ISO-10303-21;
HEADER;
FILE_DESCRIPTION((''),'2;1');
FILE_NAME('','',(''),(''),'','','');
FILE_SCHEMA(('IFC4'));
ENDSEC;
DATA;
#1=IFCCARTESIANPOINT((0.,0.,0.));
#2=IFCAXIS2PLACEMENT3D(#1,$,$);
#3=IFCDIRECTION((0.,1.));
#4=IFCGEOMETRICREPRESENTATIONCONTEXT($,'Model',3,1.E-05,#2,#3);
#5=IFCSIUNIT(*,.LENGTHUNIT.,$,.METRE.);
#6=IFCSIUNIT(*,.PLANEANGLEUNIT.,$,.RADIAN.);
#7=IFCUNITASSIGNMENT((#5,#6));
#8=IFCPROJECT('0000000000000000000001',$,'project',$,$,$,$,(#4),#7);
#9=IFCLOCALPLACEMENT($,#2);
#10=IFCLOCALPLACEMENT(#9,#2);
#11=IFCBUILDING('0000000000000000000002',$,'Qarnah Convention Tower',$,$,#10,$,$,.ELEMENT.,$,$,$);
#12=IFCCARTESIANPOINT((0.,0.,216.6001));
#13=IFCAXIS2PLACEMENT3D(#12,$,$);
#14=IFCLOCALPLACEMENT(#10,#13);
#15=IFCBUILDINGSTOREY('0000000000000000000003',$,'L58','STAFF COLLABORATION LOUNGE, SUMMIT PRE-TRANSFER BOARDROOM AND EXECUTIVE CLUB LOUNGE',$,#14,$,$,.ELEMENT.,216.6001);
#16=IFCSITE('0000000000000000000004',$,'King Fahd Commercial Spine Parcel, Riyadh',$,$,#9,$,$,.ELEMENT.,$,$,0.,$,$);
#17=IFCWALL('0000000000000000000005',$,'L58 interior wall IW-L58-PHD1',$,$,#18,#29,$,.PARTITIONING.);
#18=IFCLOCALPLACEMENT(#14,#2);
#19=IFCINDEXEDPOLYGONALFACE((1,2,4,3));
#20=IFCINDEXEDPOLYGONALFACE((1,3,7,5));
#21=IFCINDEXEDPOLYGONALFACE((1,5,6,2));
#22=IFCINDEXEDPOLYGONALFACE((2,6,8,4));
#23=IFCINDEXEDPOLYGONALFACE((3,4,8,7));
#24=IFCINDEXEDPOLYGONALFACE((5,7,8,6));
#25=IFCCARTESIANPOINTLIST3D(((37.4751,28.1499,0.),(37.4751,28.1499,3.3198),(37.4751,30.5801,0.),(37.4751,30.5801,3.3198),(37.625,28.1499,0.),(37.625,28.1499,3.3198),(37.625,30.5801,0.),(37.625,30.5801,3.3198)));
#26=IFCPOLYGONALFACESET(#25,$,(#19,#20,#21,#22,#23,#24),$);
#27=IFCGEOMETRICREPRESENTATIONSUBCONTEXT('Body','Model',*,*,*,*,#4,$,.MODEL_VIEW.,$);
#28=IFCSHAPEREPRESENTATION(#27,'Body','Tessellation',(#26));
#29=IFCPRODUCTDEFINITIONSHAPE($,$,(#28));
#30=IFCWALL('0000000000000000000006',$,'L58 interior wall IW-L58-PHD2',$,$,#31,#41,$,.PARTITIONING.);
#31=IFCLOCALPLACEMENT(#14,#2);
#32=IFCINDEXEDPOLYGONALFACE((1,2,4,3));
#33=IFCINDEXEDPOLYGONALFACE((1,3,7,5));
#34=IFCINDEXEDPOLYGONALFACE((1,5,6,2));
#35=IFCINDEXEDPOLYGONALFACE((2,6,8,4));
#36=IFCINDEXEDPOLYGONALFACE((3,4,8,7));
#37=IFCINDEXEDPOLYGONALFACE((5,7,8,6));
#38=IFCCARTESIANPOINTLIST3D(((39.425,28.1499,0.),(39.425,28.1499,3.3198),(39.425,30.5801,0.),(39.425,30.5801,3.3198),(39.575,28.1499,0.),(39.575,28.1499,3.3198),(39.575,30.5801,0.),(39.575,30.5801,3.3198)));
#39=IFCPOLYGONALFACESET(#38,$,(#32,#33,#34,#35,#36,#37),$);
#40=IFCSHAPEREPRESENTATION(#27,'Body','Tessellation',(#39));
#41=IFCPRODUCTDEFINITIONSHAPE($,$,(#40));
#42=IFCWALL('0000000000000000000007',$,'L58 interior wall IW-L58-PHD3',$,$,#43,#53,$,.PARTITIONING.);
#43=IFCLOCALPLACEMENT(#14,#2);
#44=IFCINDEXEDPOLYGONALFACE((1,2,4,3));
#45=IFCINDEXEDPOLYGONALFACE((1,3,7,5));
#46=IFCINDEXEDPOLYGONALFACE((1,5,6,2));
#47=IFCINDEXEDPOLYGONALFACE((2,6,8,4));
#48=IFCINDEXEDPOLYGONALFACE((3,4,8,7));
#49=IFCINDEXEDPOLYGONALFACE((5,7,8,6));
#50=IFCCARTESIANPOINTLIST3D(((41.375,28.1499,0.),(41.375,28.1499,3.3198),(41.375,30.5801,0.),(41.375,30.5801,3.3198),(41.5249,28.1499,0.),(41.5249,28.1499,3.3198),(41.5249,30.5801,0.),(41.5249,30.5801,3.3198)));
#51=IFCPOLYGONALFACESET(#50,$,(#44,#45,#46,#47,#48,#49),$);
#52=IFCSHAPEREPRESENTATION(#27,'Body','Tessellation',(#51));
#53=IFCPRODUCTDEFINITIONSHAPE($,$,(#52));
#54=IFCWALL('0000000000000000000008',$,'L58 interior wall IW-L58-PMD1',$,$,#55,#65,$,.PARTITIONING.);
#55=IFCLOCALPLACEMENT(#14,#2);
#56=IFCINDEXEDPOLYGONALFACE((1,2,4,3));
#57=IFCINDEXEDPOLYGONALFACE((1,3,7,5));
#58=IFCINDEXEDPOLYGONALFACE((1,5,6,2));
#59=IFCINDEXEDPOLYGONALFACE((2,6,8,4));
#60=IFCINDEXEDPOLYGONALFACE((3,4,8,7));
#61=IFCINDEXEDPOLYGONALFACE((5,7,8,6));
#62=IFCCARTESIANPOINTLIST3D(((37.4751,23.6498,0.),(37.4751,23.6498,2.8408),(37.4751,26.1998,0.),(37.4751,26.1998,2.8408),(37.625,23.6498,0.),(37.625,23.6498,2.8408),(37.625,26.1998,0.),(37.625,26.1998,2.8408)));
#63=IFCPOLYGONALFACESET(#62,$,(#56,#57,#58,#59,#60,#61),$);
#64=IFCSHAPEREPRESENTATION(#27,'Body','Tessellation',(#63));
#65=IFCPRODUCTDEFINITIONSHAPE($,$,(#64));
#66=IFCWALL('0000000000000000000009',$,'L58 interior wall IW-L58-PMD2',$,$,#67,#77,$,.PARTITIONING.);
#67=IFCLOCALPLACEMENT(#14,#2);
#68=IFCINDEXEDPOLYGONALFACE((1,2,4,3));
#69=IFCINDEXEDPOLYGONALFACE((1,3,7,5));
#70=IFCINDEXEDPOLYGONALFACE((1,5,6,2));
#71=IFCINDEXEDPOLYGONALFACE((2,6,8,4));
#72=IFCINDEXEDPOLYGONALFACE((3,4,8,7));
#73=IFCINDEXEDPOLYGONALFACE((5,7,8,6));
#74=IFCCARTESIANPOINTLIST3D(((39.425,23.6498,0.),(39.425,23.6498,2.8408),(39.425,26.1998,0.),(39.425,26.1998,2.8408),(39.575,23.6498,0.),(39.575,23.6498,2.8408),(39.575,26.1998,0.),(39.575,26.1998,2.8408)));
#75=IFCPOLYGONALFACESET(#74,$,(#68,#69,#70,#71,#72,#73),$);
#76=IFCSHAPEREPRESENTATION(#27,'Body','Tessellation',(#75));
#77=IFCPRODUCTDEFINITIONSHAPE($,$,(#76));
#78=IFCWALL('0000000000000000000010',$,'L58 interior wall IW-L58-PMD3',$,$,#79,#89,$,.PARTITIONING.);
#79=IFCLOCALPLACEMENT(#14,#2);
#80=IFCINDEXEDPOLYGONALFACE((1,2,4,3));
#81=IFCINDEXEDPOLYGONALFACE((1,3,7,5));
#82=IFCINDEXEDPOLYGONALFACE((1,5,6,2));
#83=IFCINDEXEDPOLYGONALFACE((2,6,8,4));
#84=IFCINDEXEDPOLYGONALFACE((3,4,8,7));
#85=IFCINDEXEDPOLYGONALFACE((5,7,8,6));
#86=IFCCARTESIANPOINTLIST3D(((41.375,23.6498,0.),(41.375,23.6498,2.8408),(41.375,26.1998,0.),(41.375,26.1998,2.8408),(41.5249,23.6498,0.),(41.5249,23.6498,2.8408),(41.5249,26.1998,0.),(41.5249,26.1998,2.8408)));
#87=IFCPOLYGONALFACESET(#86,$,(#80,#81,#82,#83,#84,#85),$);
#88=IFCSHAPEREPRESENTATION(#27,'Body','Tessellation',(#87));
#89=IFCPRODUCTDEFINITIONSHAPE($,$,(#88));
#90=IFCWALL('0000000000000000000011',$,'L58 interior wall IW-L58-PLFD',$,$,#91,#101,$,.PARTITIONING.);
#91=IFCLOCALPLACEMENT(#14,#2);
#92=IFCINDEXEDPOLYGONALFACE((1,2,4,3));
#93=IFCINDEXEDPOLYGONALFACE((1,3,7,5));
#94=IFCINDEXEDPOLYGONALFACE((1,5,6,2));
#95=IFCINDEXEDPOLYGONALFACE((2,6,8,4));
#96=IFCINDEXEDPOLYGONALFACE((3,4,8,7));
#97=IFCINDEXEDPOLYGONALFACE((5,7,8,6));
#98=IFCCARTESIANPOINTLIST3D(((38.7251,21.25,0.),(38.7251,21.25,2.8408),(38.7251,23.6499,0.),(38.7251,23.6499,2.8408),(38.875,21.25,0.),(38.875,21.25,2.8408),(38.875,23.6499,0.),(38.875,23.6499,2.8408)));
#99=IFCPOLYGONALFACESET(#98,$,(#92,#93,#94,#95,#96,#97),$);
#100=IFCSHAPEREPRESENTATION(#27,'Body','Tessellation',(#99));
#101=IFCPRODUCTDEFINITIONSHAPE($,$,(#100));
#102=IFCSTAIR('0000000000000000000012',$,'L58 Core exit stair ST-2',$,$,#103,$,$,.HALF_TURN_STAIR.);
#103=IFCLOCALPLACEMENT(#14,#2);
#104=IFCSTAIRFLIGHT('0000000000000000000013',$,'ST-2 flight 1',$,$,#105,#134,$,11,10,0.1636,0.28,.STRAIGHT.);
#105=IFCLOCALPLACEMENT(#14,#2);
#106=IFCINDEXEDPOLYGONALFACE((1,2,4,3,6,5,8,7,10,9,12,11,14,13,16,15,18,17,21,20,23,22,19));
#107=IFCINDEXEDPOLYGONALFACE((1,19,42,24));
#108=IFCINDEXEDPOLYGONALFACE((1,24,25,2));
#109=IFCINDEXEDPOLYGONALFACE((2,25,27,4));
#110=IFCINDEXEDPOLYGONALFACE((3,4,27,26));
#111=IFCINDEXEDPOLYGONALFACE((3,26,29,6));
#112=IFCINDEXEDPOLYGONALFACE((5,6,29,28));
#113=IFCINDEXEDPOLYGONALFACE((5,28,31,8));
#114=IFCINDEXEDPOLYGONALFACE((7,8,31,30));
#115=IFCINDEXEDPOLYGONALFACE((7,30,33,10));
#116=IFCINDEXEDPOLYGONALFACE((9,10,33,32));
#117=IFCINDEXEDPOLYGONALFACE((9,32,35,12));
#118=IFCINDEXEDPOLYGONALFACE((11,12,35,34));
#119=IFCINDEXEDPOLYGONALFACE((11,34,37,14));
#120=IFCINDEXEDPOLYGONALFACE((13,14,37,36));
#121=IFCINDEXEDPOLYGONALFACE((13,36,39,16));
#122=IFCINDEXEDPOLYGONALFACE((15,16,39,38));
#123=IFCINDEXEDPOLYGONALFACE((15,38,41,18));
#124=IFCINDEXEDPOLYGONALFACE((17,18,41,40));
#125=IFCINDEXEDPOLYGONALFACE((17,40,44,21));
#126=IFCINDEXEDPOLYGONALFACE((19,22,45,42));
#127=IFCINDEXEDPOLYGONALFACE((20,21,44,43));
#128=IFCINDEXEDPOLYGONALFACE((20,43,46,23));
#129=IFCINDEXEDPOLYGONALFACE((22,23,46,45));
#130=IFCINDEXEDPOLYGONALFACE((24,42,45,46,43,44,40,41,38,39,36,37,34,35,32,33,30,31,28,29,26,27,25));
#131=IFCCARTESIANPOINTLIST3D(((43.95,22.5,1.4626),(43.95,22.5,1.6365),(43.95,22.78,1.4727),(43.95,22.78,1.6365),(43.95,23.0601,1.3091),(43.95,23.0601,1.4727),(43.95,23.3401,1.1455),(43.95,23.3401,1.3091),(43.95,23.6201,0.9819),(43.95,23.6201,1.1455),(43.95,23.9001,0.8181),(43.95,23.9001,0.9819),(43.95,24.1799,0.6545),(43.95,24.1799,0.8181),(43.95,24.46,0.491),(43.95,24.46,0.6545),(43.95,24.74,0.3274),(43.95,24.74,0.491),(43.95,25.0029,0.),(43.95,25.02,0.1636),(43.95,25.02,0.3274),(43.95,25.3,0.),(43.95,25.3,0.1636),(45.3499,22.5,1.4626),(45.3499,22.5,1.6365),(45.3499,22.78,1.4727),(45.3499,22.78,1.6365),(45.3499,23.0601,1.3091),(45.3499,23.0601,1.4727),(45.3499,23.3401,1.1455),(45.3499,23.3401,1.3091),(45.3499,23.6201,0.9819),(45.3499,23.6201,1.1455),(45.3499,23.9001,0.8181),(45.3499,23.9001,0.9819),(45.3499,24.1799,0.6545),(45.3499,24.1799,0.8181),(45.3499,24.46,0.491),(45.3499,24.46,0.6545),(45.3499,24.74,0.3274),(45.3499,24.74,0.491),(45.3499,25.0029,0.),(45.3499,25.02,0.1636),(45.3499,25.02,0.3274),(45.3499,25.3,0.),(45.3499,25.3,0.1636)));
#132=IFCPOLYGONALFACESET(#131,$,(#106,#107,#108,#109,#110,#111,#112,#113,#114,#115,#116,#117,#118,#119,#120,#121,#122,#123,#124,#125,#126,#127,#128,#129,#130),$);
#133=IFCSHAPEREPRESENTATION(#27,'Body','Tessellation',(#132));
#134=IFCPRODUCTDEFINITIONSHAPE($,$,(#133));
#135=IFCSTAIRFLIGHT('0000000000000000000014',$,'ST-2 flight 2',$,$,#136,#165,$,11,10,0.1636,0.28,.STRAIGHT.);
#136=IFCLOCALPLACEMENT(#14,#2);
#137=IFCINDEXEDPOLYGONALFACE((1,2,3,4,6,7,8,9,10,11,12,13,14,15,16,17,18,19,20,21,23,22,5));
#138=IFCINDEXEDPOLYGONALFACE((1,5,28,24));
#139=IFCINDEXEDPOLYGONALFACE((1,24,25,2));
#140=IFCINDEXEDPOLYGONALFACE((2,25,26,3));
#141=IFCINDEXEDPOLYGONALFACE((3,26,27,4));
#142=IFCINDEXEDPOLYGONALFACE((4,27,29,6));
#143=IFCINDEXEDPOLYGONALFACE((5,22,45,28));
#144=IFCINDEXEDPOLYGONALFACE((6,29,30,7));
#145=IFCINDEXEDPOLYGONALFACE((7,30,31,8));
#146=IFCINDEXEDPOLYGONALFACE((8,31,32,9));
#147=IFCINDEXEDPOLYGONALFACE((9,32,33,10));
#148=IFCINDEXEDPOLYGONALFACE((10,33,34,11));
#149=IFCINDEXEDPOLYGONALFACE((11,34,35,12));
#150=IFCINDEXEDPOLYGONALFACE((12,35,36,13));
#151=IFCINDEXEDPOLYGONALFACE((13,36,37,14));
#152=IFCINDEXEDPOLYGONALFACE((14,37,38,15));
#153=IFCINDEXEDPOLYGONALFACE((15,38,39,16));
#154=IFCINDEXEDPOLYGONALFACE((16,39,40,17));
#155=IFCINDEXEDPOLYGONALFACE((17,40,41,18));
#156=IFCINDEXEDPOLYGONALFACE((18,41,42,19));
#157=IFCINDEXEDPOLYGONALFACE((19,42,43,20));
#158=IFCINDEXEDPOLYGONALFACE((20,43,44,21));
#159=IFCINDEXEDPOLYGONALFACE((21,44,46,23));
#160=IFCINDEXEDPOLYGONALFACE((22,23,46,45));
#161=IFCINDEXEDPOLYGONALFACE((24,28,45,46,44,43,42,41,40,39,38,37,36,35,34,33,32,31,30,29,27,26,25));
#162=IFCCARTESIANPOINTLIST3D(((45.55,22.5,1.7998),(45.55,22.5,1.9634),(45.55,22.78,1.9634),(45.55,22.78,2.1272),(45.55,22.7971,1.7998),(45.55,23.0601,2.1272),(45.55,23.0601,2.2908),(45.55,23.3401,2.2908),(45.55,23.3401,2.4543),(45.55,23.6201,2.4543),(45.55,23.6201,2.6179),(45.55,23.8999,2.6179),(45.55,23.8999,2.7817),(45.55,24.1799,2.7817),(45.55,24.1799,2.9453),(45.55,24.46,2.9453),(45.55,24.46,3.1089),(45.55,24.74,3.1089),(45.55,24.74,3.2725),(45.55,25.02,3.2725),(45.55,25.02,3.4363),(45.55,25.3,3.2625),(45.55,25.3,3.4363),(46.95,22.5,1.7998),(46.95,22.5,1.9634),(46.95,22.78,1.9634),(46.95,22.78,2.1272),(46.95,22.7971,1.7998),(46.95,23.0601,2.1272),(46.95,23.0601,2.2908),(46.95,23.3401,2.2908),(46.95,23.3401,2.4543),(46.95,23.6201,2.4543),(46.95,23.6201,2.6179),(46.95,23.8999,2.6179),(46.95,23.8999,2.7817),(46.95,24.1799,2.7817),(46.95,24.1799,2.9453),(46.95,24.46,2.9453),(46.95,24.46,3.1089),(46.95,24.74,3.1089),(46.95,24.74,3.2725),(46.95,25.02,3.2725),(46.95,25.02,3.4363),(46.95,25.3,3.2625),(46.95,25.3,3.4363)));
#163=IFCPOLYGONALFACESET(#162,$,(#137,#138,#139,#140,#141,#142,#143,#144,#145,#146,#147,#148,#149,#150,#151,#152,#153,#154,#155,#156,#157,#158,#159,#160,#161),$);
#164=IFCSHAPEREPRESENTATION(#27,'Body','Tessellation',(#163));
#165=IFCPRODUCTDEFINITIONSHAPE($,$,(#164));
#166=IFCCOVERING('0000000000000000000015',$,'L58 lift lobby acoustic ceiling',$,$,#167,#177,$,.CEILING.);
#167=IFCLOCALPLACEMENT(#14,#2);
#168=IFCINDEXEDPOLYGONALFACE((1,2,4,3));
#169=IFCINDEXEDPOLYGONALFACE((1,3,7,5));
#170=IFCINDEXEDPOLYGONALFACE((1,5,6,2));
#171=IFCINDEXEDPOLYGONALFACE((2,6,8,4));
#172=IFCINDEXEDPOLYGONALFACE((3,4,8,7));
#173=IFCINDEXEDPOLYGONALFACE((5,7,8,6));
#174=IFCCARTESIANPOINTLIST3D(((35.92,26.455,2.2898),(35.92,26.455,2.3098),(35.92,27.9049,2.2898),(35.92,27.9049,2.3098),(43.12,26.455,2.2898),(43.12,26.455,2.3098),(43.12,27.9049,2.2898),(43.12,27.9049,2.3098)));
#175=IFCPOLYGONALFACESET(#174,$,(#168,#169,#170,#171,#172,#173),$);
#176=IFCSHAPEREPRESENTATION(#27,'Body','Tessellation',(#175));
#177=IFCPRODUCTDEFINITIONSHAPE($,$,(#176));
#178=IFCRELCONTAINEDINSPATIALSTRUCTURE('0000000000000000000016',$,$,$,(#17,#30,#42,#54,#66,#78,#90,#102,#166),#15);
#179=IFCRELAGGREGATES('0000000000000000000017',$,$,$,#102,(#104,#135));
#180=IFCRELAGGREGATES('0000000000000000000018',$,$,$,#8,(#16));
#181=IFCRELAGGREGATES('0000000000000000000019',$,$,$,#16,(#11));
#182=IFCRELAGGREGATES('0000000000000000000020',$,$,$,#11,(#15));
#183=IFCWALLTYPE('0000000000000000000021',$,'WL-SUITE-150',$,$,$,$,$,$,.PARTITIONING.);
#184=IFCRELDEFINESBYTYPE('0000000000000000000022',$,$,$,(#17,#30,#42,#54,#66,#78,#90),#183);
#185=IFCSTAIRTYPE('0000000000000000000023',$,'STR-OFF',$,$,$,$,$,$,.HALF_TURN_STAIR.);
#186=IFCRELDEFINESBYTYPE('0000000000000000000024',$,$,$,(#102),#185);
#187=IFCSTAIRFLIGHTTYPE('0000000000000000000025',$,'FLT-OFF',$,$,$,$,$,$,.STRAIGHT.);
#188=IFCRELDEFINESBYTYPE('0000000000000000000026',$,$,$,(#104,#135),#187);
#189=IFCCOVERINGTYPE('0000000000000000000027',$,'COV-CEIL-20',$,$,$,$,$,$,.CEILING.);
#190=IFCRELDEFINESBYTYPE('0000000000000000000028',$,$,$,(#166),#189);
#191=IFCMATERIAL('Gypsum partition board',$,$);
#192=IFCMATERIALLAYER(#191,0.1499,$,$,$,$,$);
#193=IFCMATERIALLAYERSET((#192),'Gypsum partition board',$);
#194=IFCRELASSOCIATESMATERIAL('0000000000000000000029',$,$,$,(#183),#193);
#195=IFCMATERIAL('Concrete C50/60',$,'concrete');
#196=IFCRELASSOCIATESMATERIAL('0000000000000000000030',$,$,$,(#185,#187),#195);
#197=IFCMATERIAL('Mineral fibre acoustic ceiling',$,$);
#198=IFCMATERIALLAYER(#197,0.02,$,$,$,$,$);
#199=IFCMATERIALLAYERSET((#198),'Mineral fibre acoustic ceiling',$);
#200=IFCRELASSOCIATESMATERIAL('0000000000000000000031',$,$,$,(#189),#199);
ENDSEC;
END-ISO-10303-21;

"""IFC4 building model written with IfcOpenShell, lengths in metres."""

from ifc_helpers import new_model, si_unit, direction, frame, frame_2d, origin, origin_2d, place, context, subcontext, project, spatial, polyline, rectangle, outline, extrude, material, layer, layer_set, type_object, element, aggregate, save


model = new_model("IFC4")

# Units and contexts
model_context = context("Model", 3, precision=1e-05, world=origin(), true_north=direction((0.0, 1.0)))
body_context = subcontext(model_context, "Body", "Model", "MODEL_VIEW")
ifc_project = project(units=[si_unit("LENGTHUNIT", "METRE"), si_unit("PLANEANGLEUNIT", "RADIAN")], contexts=[model_context])

# Site, building, storey
site_placement = place(None, origin())
site = spatial("IfcSite", under=ifc_project, at=site_placement, Name="King Fahd Commercial Spine Parcel, Riyadh", CompositionType="ELEMENT", RefElevation=0.0)
building_placement = place(site_placement, origin())
building = spatial("IfcBuilding", under=site, at=building_placement, Name="Qarnah Convention Tower", CompositionType="ELEMENT")
storey_placement = place(building_placement, frame((0.0, 0.0, 216.6001)))
storey = spatial("IfcBuildingStorey", under=building, at=storey_placement, Name="L58", Description="STAFF COLLABORATION LOUNGE, SUMMIT PRE-TRANSFER BOARDROOM AND EXECUTIVE CLUB LOUNGE", CompositionType="ELEMENT", Elevation=216.6001)

# Shared definitions
ifc_material_1 = material(Name="Concrete C50/60", Category="concrete")

# Walls
ifc_material_2 = material(Name="Gypsum partition board")
ifc_layer_1 = layer(ifc_material_2, 0.1499)
ifc_layer_set_1 = layer_set([ifc_layer_1], Name="Gypsum partition board")
wall_type_1 = type_object("IfcWallType", Name="WL-SUITE-150", PredefinedType="PARTITIONING", material=ifc_layer_set_1)
for number, where, z_axis, x_axis, name in (
    (1, (37.55, 28.1499, 0.0), (0.0, 0.0, 1.0), (0.0, 1.0, 0.0), "L58 interior wall IW-L58-PHD1"),
    (2, (39.5, 28.1499, 0.0), (0.0, 0.0, 1.0), (0.0, 1.0, 0.0), "L58 interior wall IW-L58-PHD2"),
    (3, (41.45, 28.1499, 0.0), (0.0, 0.0, 1.0), (0.0, 1.0, 0.0), "L58 interior wall IW-L58-PHD3"),
):
    element("IfcWall", number, at=place(storey_placement, frame(where, z_axis=z_axis, x_axis=x_axis)), inside=storey, type_object=wall_type_1, Name=name, PredefinedType="PARTITIONING", context=body_context, shape_type="SweptSolid", body=[
        extrude(rectangle(XDim=2.4302, YDim=0.1499, at=frame_2d((1.2151, 0.0))), origin(), (0.0, 0.0, 1.0), 3.3198),
    ])
for number, where, z_axis, x_axis, name in (
    (4, (37.55, 23.6499, 0.0), (0.0, 0.0, 1.0), (0.0, 1.0, 0.0), "L58 interior wall IW-L58-PMD1"),
    (5, (39.5, 23.6499, 0.0), (0.0, 0.0, 1.0), (0.0, 1.0, 0.0), "L58 interior wall IW-L58-PMD2"),
    (6, (41.45, 23.6499, 0.0), (0.0, 0.0, 1.0), (0.0, 1.0, 0.0), "L58 interior wall IW-L58-PMD3"),
):
    element("IfcWall", number, at=place(storey_placement, frame(where, z_axis=z_axis, x_axis=x_axis)), inside=storey, type_object=wall_type_1, Name=name, PredefinedType="PARTITIONING", context=body_context, shape_type="SweptSolid", body=[
        extrude(rectangle(XDim=2.55, YDim=0.1499, at=frame_2d((1.2749, 0.0))), origin(), (0.0, 0.0, 1.0), 2.8408),
    ])
wall_1_placement = place(storey_placement, frame((38.8, 21.25, 0.0), z_axis=(0.0, 0.0, 1.0), x_axis=(0.0, 1.0, 0.0)))
element("IfcWall", 7, at=wall_1_placement, inside=storey, type_object=wall_type_1, Name="L58 interior wall IW-L58-PLFD", PredefinedType="PARTITIONING", context=body_context, shape_type="SweptSolid", body=[
    extrude(rectangle(XDim=2.3999, YDim=0.1499, at=frame_2d((1.2, 0.0))), origin(), (0.0, 0.0, 1.0), 2.8408),
])

# Stair, stair flights
stair_type = type_object("IfcStairType", Name="STR-OFF", PredefinedType="HALF_TURN_STAIR", material=ifc_material_1)
stair_placement = place(storey_placement, origin())
stair = element("IfcStair", 8, at=stair_placement, inside=storey, type_object=stair_type, Name="L58 Core exit stair ST-2", PredefinedType="HALF_TURN_STAIR")
stair_flight_type = type_object("IfcStairFlightType", Name="FLT-OFF", PredefinedType="STRAIGHT", material=ifc_material_1)
stair_flight_1_placement = place(storey_placement, frame((44.6499, 25.3, 0.0), z_axis=(0.0, 0.0, 1.0), x_axis=(0.0, -1.0, 0.0)))
stair_flight_1 = element("IfcStairFlight", 9, at=stair_flight_1_placement, type_object=stair_flight_type, Name="ST-2 flight 1", NumberOfRisers=11, NumberOfTreads=10, PredefinedType="STRAIGHT", RiserHeight=0.1636, TreadLength=0.28, context=body_context, shape_type="SweptSolid", body=[
    extrude(outline(polyline([(0.0, 0.0), (0.0, 0.1636), (0.28, 0.1636), (0.28, 0.3274), (0.5601, 0.3274), (0.5601, 0.491), (0.8401, 0.491), (0.8401, 0.6545), (1.1201, 0.6545), (1.1201, 0.8181), (1.3999, 0.8181), (1.3999, 0.9819), (1.6799, 0.9819), (1.6799, 1.1455), (1.96, 1.1455), (1.96, 1.3091), (2.24, 1.3091), (2.24, 1.4727), (2.52, 1.4727), (2.52, 1.6365), (2.8, 1.6365), (2.8, 1.8), (2.8, 1.4626), (0.2971, 0.0), (0.0, 0.0)])), frame((0.0, 0.7, 0.0), z_axis=(0.0, -1.0, 0.0), x_axis=(1.0, 0.0, 0.0)), (0.0, 0.0, 1.0), 1.3999),
])
stair_flight_2_placement = place(storey_placement, frame((46.25, 22.5, 1.7998), z_axis=(0.0, 0.0, 1.0), x_axis=(0.0, 1.0, 0.0)))
stair_flight_2 = element("IfcStairFlight", 10, at=stair_flight_2_placement, type_object=stair_flight_type, Name="ST-2 flight 2", NumberOfRisers=11, NumberOfTreads=10, PredefinedType="STRAIGHT", RiserHeight=0.1636, TreadLength=0.28, context=body_context, shape_type="SweptSolid", body=[
    extrude(outline(polyline([(0.0, 0.0), (0.0, 0.1636), (0.28, 0.1636), (0.28, 0.3274), (0.5601, 0.3274), (0.5601, 0.491), (0.8401, 0.491), (0.8401, 0.6545), (1.1201, 0.6545), (1.1201, 0.8181), (1.3999, 0.8181), (1.3999, 0.9819), (1.6799, 0.9819), (1.6799, 1.1455), (1.96, 1.1455), (1.96, 1.3091), (2.24, 1.3091), (2.24, 1.4727), (2.52, 1.4727), (2.52, 1.6365), (2.8, 1.6365), (2.8, 1.8), (2.8, 1.4626), (0.2971, 0.0), (0.0, 0.0)])), frame((0.0, 0.7, 0.0), z_axis=(0.0, -1.0, 0.0), x_axis=(1.0, 0.0, 0.0)), (0.0, 0.0, 1.0), 1.3999),
])
aggregate(stair, [stair_flight_1, stair_flight_2])

# Covering
ifc_material_3 = material(Name="Mineral fibre acoustic ceiling")
ifc_layer_2 = layer(ifc_material_3, 0.02)
ifc_layer_set_2 = layer_set([ifc_layer_2], Name="Mineral fibre acoustic ceiling")
covering_type = type_object("IfcCoveringType", Name="COV-CEIL-20", PredefinedType="CEILING", material=ifc_layer_set_2)
covering_placement = place(storey_placement, frame((39.52, 27.1799, 2.2898), z_axis=(0.0, 0.0, 1.0), x_axis=(1.0, 0.0, 0.0)))
element("IfcCovering", 11, at=covering_placement, inside=storey, type_object=covering_type, Name="L58 lift lobby acoustic ceiling", PredefinedType="CEILING", context=body_context, shape_type="SweptSolid", body=[
    extrude(rectangle(XDim=7.2, YDim=1.45, at=origin_2d()), origin(), (0.0, 0.0, 1.0), 0.02),
])

save(model, "model.ifc")
